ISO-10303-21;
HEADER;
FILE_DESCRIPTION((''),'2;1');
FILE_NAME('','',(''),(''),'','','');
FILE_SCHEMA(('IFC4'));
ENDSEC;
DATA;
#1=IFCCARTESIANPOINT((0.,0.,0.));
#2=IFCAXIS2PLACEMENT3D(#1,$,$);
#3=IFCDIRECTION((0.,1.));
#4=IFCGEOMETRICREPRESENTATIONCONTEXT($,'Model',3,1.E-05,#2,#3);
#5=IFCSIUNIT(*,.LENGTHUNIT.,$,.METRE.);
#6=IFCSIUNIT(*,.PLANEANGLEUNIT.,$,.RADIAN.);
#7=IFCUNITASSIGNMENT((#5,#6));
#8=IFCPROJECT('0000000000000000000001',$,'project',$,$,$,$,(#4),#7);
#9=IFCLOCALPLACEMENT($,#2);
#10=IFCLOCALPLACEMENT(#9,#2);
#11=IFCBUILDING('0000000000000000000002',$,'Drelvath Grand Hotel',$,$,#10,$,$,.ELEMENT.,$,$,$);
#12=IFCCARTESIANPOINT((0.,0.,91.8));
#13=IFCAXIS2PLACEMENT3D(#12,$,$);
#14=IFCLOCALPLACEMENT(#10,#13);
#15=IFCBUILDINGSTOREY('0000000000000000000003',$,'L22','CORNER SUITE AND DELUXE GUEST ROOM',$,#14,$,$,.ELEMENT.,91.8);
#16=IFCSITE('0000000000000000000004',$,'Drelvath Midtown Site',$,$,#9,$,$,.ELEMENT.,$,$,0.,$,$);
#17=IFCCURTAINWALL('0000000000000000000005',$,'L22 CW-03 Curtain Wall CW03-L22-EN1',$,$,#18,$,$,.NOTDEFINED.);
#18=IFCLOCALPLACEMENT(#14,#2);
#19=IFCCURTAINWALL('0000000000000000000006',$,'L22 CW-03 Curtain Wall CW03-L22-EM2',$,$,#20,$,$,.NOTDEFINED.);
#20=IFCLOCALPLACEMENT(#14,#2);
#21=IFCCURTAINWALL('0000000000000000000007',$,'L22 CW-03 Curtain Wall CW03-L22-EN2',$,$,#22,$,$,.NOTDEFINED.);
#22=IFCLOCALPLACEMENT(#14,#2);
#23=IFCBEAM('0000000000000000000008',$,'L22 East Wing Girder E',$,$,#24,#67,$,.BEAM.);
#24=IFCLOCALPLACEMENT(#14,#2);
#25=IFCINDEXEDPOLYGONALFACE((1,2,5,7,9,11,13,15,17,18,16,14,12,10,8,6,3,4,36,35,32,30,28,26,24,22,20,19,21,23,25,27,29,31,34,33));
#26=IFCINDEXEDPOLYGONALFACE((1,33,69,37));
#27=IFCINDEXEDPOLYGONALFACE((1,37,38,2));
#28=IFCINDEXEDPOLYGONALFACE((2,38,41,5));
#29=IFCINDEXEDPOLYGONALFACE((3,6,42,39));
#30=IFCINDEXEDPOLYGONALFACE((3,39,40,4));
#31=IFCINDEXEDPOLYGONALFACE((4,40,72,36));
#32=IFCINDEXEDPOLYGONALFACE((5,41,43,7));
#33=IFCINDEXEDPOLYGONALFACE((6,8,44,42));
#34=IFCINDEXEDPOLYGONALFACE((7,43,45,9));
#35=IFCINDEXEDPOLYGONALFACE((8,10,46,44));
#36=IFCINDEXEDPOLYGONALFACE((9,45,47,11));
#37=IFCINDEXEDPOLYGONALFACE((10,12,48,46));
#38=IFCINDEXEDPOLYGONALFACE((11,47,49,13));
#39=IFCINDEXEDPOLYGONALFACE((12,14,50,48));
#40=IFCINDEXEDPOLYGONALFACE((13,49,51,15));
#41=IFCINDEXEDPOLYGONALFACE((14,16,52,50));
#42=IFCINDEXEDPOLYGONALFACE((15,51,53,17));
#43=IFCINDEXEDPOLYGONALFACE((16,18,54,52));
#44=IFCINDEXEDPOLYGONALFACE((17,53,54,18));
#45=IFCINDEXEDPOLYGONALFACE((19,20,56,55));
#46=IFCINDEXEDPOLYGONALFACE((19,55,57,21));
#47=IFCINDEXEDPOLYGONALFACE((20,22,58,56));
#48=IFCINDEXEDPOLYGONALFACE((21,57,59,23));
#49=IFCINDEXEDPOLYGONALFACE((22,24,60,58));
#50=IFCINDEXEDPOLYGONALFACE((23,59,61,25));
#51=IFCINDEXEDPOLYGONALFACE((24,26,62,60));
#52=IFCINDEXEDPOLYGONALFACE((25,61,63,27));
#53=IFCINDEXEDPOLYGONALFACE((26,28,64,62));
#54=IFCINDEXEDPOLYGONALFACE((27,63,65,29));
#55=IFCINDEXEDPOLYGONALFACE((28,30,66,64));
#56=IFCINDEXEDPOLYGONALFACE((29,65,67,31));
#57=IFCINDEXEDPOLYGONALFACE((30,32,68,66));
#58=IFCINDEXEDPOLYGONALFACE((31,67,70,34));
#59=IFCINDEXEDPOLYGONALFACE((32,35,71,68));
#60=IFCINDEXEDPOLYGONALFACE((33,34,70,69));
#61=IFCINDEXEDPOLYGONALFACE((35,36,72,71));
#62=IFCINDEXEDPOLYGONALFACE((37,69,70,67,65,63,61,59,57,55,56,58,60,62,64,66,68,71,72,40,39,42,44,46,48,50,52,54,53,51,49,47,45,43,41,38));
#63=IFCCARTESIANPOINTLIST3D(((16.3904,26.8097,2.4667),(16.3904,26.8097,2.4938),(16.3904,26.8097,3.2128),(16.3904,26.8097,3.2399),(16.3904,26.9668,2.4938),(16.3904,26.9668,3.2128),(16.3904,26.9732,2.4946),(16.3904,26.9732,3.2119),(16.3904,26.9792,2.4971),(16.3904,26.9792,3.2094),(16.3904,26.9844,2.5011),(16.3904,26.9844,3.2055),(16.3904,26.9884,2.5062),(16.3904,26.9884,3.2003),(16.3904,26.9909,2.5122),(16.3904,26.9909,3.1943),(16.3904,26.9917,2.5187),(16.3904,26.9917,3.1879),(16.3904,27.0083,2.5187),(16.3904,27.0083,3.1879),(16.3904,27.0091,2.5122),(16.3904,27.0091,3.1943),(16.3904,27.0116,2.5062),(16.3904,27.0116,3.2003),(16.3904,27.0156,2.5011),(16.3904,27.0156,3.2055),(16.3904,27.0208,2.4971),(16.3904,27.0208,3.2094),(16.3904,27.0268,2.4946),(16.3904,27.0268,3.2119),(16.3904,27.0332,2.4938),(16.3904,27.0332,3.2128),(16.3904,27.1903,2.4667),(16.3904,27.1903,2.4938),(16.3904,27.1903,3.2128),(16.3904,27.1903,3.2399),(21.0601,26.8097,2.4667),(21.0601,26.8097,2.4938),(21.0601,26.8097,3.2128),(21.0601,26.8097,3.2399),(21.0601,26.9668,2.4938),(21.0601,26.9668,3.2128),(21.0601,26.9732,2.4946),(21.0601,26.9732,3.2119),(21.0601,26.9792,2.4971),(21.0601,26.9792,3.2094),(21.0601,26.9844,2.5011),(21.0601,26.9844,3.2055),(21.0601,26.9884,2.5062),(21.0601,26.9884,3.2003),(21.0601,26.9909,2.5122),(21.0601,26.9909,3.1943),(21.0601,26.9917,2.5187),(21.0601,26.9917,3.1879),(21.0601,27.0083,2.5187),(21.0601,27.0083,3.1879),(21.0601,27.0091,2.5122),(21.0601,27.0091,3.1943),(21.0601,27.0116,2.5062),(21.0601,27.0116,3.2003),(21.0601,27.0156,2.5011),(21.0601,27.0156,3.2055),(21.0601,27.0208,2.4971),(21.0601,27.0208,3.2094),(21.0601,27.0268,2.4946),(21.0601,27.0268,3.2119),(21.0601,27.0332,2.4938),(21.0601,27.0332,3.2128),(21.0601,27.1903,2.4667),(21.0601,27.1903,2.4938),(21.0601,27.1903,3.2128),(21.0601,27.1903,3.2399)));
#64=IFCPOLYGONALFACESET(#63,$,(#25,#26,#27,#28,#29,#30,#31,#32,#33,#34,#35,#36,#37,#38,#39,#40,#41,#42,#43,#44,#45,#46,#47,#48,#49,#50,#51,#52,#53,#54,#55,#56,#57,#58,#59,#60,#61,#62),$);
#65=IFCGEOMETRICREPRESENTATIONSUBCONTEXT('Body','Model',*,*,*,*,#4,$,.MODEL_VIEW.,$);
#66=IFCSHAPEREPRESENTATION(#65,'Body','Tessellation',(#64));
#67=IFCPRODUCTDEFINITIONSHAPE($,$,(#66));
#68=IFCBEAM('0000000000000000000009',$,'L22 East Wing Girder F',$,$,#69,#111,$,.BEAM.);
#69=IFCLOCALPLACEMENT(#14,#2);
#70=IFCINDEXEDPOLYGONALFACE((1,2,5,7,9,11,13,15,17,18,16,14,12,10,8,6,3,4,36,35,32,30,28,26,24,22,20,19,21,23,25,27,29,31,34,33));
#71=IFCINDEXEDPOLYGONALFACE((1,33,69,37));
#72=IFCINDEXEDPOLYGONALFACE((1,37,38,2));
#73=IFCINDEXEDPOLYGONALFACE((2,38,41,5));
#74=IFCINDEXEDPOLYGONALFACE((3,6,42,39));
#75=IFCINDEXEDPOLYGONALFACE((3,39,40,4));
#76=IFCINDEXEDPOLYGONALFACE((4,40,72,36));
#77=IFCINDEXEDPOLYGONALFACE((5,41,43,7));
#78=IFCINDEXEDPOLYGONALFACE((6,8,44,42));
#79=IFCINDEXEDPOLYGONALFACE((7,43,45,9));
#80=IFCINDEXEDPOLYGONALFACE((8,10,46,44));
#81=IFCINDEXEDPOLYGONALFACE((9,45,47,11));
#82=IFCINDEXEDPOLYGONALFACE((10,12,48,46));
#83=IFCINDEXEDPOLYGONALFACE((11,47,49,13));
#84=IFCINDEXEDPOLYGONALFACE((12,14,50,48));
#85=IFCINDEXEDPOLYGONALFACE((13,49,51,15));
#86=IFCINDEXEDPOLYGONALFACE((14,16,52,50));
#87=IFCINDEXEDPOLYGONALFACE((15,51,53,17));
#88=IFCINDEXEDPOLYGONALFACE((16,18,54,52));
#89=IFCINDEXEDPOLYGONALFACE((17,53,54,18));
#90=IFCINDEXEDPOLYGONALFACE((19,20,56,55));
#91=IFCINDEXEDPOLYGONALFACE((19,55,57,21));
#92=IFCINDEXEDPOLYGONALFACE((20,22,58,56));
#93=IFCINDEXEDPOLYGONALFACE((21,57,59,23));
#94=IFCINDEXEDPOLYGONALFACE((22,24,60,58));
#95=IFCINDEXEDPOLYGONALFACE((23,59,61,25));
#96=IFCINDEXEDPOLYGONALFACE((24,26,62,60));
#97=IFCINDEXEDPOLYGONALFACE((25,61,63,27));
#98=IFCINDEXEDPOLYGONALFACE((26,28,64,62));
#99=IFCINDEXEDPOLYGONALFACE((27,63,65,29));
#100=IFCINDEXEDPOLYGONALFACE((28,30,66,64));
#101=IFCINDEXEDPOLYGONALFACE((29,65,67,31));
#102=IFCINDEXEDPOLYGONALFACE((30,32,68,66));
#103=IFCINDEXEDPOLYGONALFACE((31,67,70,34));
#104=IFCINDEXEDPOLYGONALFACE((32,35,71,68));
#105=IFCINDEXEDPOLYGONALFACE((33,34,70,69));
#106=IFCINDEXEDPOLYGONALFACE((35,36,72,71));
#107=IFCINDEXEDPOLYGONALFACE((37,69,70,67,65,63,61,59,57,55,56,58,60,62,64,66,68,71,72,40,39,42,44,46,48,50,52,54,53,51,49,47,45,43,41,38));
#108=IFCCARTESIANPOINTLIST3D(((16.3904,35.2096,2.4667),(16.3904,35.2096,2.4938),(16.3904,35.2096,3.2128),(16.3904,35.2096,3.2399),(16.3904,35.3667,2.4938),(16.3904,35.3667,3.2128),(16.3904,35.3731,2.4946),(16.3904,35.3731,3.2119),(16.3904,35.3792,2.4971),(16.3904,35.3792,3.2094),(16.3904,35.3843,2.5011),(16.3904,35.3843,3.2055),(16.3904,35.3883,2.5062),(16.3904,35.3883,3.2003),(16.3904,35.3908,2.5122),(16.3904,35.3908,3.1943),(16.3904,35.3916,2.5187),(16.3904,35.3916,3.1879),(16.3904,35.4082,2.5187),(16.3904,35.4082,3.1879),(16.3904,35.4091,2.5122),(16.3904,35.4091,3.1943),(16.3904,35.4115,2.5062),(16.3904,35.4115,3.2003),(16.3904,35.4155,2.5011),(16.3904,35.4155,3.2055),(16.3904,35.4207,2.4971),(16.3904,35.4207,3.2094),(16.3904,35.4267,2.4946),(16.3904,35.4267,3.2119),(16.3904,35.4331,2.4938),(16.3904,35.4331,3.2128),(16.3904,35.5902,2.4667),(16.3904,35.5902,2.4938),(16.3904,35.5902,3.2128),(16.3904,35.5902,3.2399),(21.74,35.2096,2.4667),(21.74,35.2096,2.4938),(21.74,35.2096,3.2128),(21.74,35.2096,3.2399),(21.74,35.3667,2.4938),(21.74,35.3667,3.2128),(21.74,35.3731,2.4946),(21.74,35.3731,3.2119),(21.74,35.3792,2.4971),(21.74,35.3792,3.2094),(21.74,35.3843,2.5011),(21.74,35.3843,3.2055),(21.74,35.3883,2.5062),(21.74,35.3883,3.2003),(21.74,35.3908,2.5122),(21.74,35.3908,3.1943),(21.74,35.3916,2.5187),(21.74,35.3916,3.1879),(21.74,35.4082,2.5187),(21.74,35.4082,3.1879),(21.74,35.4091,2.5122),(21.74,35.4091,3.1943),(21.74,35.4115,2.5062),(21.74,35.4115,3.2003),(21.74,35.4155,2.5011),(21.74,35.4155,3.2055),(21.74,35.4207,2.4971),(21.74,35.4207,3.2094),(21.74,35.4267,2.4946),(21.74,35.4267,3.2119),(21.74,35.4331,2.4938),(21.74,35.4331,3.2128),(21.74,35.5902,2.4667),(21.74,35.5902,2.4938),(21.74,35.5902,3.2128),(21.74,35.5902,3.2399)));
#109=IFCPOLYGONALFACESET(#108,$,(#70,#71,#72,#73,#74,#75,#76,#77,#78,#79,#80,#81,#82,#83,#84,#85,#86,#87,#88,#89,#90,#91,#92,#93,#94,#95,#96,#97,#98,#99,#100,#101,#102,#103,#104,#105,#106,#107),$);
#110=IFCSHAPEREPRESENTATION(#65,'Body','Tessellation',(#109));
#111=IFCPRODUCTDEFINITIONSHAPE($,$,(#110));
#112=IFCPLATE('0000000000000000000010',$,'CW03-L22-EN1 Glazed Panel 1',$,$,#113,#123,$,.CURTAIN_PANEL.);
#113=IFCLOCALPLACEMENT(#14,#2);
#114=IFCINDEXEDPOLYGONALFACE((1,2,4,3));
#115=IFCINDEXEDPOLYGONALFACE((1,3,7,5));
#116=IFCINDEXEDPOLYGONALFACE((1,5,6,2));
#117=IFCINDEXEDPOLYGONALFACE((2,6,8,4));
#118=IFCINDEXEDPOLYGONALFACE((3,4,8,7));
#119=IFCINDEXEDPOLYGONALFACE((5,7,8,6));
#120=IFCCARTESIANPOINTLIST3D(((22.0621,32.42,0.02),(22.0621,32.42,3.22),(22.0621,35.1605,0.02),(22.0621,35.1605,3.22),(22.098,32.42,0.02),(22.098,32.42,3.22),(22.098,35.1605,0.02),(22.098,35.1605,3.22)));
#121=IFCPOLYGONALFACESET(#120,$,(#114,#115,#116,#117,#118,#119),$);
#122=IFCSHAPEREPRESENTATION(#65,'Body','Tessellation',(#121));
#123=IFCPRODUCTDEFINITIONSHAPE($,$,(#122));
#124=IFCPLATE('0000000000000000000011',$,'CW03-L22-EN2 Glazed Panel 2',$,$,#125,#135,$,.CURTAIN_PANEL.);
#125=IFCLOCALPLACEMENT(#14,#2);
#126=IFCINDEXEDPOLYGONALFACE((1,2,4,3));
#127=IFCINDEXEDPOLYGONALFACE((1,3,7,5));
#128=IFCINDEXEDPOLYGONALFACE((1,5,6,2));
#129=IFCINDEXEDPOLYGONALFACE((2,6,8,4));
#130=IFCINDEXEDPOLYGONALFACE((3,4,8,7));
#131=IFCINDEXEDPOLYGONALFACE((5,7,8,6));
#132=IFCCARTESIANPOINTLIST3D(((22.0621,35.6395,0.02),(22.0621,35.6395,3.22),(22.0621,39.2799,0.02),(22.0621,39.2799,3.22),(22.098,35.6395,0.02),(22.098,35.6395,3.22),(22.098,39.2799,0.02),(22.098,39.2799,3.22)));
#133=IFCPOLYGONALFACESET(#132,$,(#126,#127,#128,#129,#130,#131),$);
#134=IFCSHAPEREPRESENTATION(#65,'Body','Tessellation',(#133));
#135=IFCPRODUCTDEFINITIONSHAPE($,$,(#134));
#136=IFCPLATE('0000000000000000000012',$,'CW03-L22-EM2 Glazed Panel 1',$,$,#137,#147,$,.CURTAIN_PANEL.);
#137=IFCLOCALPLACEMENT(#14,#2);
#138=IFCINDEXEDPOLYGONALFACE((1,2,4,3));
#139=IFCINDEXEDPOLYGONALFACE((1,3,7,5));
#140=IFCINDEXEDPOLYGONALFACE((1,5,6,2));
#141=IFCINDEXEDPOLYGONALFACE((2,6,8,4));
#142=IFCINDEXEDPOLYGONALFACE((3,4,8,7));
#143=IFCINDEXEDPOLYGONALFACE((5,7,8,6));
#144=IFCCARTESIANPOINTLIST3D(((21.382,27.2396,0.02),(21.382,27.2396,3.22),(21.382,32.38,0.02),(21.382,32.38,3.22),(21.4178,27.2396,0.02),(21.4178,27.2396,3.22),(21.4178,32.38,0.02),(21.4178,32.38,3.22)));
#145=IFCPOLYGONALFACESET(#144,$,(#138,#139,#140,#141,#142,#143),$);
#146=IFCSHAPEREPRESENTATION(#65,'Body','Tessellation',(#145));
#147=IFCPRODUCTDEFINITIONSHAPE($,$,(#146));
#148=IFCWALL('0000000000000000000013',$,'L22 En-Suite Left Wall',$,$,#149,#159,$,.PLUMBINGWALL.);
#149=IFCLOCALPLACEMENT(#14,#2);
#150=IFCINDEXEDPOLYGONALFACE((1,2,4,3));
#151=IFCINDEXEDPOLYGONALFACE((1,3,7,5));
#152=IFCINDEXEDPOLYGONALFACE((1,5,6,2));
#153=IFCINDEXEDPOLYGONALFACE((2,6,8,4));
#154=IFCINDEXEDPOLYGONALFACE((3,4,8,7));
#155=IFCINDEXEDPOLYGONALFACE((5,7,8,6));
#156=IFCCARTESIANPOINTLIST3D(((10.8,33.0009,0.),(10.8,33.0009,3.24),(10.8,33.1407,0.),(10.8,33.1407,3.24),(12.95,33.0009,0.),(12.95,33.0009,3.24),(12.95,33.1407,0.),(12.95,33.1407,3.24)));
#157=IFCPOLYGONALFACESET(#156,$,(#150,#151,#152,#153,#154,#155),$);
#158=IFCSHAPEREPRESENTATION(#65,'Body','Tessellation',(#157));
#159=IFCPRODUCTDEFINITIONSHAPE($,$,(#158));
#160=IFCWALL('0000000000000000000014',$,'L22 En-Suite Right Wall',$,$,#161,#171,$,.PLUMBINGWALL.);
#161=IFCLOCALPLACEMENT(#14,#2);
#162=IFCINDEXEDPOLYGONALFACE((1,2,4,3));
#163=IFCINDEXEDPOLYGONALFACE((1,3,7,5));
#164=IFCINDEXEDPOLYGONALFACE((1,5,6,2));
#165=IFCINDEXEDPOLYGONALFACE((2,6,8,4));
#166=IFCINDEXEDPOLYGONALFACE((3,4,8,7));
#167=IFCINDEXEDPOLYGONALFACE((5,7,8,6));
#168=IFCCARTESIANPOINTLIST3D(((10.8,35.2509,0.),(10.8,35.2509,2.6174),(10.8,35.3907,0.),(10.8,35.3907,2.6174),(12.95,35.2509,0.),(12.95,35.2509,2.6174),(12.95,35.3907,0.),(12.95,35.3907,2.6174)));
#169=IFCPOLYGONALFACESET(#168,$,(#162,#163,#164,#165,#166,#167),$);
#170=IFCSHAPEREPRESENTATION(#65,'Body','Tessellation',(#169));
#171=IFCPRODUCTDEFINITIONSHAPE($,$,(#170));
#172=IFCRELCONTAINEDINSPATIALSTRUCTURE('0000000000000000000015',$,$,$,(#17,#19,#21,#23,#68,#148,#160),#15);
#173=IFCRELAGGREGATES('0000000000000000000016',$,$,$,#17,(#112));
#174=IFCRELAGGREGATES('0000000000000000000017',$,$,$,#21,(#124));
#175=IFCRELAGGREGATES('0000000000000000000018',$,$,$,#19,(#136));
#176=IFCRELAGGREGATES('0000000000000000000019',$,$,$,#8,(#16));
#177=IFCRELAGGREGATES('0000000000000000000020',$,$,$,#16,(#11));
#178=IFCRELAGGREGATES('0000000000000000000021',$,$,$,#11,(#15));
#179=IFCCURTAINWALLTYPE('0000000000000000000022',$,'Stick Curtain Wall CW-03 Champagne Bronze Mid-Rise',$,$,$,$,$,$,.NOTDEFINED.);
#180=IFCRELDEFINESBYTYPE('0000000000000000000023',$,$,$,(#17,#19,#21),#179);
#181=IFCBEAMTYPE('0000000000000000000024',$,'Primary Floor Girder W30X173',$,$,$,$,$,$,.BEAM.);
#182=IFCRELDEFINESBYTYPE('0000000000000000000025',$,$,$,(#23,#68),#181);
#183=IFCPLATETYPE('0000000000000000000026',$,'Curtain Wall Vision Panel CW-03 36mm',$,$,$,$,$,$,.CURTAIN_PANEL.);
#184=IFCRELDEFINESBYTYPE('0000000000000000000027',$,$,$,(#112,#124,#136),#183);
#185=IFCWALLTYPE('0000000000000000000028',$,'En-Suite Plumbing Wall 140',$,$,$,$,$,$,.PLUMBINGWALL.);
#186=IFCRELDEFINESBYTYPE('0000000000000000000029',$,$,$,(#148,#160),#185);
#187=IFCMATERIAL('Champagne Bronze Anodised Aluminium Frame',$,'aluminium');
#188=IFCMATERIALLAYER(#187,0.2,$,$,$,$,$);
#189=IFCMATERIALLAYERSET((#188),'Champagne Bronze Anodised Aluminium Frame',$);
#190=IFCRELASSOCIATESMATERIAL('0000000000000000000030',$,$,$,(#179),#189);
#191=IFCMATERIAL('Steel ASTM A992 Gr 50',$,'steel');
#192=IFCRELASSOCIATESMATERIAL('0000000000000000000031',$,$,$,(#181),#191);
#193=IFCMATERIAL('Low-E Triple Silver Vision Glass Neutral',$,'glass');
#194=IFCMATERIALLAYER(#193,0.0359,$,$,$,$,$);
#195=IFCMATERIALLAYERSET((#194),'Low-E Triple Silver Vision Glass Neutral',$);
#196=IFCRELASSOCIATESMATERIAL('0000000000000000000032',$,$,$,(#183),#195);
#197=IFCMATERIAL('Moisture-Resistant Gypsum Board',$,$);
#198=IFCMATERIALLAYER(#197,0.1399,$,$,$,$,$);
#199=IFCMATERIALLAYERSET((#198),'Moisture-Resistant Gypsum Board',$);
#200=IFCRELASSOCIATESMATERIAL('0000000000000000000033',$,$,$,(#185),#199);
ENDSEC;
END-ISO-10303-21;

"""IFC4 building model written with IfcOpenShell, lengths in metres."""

from ifc_helpers import new_model, si_unit, direction, frame, frame_2d, origin, origin_2d, place, context, subcontext, project, spatial, rectangle, i_section, extrude, material, layer, layer_set, material_profile, profile_set, type_object, element, aggregate, save


model = new_model("IFC4")

# Units and contexts
model_context = context("Model", 3, precision=1e-05, world=origin(), true_north=direction((0.0, 1.0)))
body_context = subcontext(model_context, "Body", "Model", "MODEL_VIEW")
ifc_project = project(units=[si_unit("LENGTHUNIT", "METRE"), si_unit("PLANEANGLEUNIT", "RADIAN")], contexts=[model_context])

# Site, building, storey
site_placement = place(None, origin())
site = spatial("IfcSite", under=ifc_project, at=site_placement, Name="Drelvath Midtown Site", CompositionType="ELEMENT", RefElevation=0.0)
building_placement = place(site_placement, origin())
building = spatial("IfcBuilding", under=site, at=building_placement, Name="Drelvath Grand Hotel", CompositionType="ELEMENT")
storey_placement = place(building_placement, frame((0.0, 0.0, 91.8)))
storey = spatial("IfcBuildingStorey", under=building, at=storey_placement, Name="L22", Description="CORNER SUITE AND DELUXE GUEST ROOM", CompositionType="ELEMENT", Elevation=91.8)

# Curtain walls
ifc_material_1 = material(Name="Champagne Bronze Anodised Aluminium Frame", Category="aluminium")
ifc_layer_1 = layer(ifc_material_1, 0.2)
ifc_layer_set_1 = layer_set([ifc_layer_1], Name="Champagne Bronze Anodised Aluminium Frame")
curtain_wall_type = type_object("IfcCurtainWallType", Name="Stick Curtain Wall CW-03 Champagne Bronze Mid-Rise", PredefinedType="NOTDEFINED", material=ifc_layer_set_1)
curtain_wall_1_placement = place(storey_placement, origin())
curtain_wall_1 = element("IfcCurtainWall", 1, at=curtain_wall_1_placement, inside=storey, type_object=curtain_wall_type, Name="L22 CW-03 Curtain Wall CW03-L22-EN1", PredefinedType="NOTDEFINED")
curtain_wall_2_placement = place(storey_placement, origin())
curtain_wall_2 = element("IfcCurtainWall", 2, at=curtain_wall_2_placement, inside=storey, type_object=curtain_wall_type, Name="L22 CW-03 Curtain Wall CW03-L22-EM2", PredefinedType="NOTDEFINED")

# Curtain wall
curtain_wall_3_placement = place(storey_placement, origin())
curtain_wall_3 = element("IfcCurtainWall", 3, at=curtain_wall_3_placement, inside=storey, type_object=curtain_wall_type, Name="L22 CW-03 Curtain Wall CW03-L22-EN2", PredefinedType="NOTDEFINED")

# Beams
ifc_material_2 = material(Name="Steel ASTM A992 Gr 50", Category="steel")
ifc_material_profile_1 = material_profile(ifc_material_2, i_section(OverallWidth=0.3806, OverallDepth=0.7732, WebThickness=0.0166, FlangeThickness=0.0271, FilletRadius=0.0249, at=origin_2d()), Name="W30X173")
ifc_profile_set_1 = profile_set([ifc_material_profile_1], Name="Steel ASTM A992 Gr 50")
beam_type_1 = type_object("IfcBeamType", Name="Primary Floor Girder W30X173", PredefinedType="BEAM", material=ifc_profile_set_1)
beam_1_placement = place(storey_placement, frame((16.3904, 27.0, 2.8533), z_axis=(1.0, 0.0, 0.0), x_axis=(0.0, 1.0, 0.0)))
element("IfcBeam", 4, at=beam_1_placement, inside=storey, type_object=beam_type_1, Name="L22 East Wing Girder E", PredefinedType="BEAM", context=body_context, shape_type="SweptSolid", body=[
    extrude(i_section(OverallWidth=0.3806, OverallDepth=0.7732, WebThickness=0.0166, FlangeThickness=0.0271, FilletRadius=0.0249, at=origin_2d()), origin(), (0.0, 0.0, 1.0), 4.6697),
])
beam_2_placement = place(storey_placement, frame((16.3904, 35.3999, 2.8533), z_axis=(1.0, 0.0, 0.0), x_axis=(0.0, 1.0, 0.0)))
element("IfcBeam", 5, at=beam_2_placement, inside=storey, type_object=beam_type_1, Name="L22 East Wing Girder F", PredefinedType="BEAM", context=body_context, shape_type="SweptSolid", body=[
    extrude(i_section(OverallWidth=0.3806, OverallDepth=0.7732, WebThickness=0.0166, FlangeThickness=0.0271, FilletRadius=0.0249, at=origin_2d()), origin(), (0.0, 0.0, 1.0), 5.3496),
])

# Plates
ifc_material_3 = material(Name="Low-E Triple Silver Vision Glass Neutral", Category="glass")
ifc_layer_2 = layer(ifc_material_3, 0.0359)
ifc_layer_set_2 = layer_set([ifc_layer_2], Name="Low-E Triple Silver Vision Glass Neutral")
plate_type = type_object("IfcPlateType", Name="Curtain Wall Vision Panel CW-03 36mm", PredefinedType="CURTAIN_PANEL", material=ifc_layer_set_2)
plate_1_placement = place(storey_placement, frame((22.0801, 33.7903, 0.02), z_axis=(0.0, 0.0, 1.0), x_axis=(0.0, -1.0, 0.0)))
plate_1 = element("IfcPlate", 6, at=plate_1_placement, type_object=plate_type, Name="CW03-L22-EN1 Glazed Panel 1", PredefinedType="CURTAIN_PANEL", context=body_context, shape_type="SweptSolid", body=[
    extrude(rectangle(XDim=2.7405, YDim=0.0359, at=origin_2d()), origin(), (0.0, 0.0, 1.0), 3.2),
])
aggregate(curtain_wall_1, [plate_1])
plate_2_placement = place(storey_placement, frame((22.0801, 37.4597, 0.02), z_axis=(0.0, 0.0, 1.0), x_axis=(0.0, -1.0, 0.0)))
plate_2 = element("IfcPlate", 7, at=plate_2_placement, type_object=plate_type, Name="CW03-L22-EN2 Glazed Panel 2", PredefinedType="CURTAIN_PANEL", context=body_context, shape_type="SweptSolid", body=[
    extrude(rectangle(XDim=3.6404, YDim=0.0359, at=origin_2d()), origin(), (0.0, 0.0, 1.0), 3.2),
])
aggregate(curtain_wall_3, [plate_2])
plate_3_placement = place(storey_placement, frame((21.3999, 29.8098, 0.02), z_axis=(0.0, 0.0, 1.0), x_axis=(0.0, -1.0, 0.0)))
plate_3 = element("IfcPlate", 8, at=plate_3_placement, type_object=plate_type, Name="CW03-L22-EM2 Glazed Panel 1", PredefinedType="CURTAIN_PANEL", context=body_context, shape_type="SweptSolid", body=[
    extrude(rectangle(XDim=5.1404, YDim=0.0359, at=origin_2d()), origin(), (0.0, 0.0, 1.0), 3.2),
])
aggregate(curtain_wall_2, [plate_3])

# Walls
ifc_material_4 = material(Name="Moisture-Resistant Gypsum Board")
ifc_layer_3 = layer(ifc_material_4, 0.1399)
ifc_layer_set_3 = layer_set([ifc_layer_3], Name="Moisture-Resistant Gypsum Board")
wall_type_1 = type_object("IfcWallType", Name="En-Suite Plumbing Wall 140", PredefinedType="PLUMBINGWALL", material=ifc_layer_set_3)
wall_1_placement = place(storey_placement, frame((10.8, 33.0708, 0.0), z_axis=(0.0, 0.0, 1.0), x_axis=(1.0, 0.0, 0.0)))
element("IfcWall", 9, at=wall_1_placement, inside=storey, type_object=wall_type_1, Name="L22 En-Suite Left Wall", PredefinedType="PLUMBINGWALL", context=body_context, shape_type="SweptSolid", body=[
    extrude(rectangle(XDim=2.1499, YDim=0.1399, at=frame_2d((1.075, 0.0))), origin(), (0.0, 0.0, 1.0), 3.24),
])
wall_2_placement = place(storey_placement, frame((10.8, 35.3208, 0.0), z_axis=(0.0, 0.0, 1.0), x_axis=(1.0, 0.0, 0.0)))
element("IfcWall", 10, at=wall_2_placement, inside=storey, type_object=wall_type_1, Name="L22 En-Suite Right Wall", PredefinedType="PLUMBINGWALL", context=body_context, shape_type="SweptSolid", body=[
    extrude(rectangle(XDim=2.1499, YDim=0.1399, at=frame_2d((1.075, 0.0))), origin(), (0.0, 0.0, 1.0), 2.6174),
])

save(model, "model.ifc")
